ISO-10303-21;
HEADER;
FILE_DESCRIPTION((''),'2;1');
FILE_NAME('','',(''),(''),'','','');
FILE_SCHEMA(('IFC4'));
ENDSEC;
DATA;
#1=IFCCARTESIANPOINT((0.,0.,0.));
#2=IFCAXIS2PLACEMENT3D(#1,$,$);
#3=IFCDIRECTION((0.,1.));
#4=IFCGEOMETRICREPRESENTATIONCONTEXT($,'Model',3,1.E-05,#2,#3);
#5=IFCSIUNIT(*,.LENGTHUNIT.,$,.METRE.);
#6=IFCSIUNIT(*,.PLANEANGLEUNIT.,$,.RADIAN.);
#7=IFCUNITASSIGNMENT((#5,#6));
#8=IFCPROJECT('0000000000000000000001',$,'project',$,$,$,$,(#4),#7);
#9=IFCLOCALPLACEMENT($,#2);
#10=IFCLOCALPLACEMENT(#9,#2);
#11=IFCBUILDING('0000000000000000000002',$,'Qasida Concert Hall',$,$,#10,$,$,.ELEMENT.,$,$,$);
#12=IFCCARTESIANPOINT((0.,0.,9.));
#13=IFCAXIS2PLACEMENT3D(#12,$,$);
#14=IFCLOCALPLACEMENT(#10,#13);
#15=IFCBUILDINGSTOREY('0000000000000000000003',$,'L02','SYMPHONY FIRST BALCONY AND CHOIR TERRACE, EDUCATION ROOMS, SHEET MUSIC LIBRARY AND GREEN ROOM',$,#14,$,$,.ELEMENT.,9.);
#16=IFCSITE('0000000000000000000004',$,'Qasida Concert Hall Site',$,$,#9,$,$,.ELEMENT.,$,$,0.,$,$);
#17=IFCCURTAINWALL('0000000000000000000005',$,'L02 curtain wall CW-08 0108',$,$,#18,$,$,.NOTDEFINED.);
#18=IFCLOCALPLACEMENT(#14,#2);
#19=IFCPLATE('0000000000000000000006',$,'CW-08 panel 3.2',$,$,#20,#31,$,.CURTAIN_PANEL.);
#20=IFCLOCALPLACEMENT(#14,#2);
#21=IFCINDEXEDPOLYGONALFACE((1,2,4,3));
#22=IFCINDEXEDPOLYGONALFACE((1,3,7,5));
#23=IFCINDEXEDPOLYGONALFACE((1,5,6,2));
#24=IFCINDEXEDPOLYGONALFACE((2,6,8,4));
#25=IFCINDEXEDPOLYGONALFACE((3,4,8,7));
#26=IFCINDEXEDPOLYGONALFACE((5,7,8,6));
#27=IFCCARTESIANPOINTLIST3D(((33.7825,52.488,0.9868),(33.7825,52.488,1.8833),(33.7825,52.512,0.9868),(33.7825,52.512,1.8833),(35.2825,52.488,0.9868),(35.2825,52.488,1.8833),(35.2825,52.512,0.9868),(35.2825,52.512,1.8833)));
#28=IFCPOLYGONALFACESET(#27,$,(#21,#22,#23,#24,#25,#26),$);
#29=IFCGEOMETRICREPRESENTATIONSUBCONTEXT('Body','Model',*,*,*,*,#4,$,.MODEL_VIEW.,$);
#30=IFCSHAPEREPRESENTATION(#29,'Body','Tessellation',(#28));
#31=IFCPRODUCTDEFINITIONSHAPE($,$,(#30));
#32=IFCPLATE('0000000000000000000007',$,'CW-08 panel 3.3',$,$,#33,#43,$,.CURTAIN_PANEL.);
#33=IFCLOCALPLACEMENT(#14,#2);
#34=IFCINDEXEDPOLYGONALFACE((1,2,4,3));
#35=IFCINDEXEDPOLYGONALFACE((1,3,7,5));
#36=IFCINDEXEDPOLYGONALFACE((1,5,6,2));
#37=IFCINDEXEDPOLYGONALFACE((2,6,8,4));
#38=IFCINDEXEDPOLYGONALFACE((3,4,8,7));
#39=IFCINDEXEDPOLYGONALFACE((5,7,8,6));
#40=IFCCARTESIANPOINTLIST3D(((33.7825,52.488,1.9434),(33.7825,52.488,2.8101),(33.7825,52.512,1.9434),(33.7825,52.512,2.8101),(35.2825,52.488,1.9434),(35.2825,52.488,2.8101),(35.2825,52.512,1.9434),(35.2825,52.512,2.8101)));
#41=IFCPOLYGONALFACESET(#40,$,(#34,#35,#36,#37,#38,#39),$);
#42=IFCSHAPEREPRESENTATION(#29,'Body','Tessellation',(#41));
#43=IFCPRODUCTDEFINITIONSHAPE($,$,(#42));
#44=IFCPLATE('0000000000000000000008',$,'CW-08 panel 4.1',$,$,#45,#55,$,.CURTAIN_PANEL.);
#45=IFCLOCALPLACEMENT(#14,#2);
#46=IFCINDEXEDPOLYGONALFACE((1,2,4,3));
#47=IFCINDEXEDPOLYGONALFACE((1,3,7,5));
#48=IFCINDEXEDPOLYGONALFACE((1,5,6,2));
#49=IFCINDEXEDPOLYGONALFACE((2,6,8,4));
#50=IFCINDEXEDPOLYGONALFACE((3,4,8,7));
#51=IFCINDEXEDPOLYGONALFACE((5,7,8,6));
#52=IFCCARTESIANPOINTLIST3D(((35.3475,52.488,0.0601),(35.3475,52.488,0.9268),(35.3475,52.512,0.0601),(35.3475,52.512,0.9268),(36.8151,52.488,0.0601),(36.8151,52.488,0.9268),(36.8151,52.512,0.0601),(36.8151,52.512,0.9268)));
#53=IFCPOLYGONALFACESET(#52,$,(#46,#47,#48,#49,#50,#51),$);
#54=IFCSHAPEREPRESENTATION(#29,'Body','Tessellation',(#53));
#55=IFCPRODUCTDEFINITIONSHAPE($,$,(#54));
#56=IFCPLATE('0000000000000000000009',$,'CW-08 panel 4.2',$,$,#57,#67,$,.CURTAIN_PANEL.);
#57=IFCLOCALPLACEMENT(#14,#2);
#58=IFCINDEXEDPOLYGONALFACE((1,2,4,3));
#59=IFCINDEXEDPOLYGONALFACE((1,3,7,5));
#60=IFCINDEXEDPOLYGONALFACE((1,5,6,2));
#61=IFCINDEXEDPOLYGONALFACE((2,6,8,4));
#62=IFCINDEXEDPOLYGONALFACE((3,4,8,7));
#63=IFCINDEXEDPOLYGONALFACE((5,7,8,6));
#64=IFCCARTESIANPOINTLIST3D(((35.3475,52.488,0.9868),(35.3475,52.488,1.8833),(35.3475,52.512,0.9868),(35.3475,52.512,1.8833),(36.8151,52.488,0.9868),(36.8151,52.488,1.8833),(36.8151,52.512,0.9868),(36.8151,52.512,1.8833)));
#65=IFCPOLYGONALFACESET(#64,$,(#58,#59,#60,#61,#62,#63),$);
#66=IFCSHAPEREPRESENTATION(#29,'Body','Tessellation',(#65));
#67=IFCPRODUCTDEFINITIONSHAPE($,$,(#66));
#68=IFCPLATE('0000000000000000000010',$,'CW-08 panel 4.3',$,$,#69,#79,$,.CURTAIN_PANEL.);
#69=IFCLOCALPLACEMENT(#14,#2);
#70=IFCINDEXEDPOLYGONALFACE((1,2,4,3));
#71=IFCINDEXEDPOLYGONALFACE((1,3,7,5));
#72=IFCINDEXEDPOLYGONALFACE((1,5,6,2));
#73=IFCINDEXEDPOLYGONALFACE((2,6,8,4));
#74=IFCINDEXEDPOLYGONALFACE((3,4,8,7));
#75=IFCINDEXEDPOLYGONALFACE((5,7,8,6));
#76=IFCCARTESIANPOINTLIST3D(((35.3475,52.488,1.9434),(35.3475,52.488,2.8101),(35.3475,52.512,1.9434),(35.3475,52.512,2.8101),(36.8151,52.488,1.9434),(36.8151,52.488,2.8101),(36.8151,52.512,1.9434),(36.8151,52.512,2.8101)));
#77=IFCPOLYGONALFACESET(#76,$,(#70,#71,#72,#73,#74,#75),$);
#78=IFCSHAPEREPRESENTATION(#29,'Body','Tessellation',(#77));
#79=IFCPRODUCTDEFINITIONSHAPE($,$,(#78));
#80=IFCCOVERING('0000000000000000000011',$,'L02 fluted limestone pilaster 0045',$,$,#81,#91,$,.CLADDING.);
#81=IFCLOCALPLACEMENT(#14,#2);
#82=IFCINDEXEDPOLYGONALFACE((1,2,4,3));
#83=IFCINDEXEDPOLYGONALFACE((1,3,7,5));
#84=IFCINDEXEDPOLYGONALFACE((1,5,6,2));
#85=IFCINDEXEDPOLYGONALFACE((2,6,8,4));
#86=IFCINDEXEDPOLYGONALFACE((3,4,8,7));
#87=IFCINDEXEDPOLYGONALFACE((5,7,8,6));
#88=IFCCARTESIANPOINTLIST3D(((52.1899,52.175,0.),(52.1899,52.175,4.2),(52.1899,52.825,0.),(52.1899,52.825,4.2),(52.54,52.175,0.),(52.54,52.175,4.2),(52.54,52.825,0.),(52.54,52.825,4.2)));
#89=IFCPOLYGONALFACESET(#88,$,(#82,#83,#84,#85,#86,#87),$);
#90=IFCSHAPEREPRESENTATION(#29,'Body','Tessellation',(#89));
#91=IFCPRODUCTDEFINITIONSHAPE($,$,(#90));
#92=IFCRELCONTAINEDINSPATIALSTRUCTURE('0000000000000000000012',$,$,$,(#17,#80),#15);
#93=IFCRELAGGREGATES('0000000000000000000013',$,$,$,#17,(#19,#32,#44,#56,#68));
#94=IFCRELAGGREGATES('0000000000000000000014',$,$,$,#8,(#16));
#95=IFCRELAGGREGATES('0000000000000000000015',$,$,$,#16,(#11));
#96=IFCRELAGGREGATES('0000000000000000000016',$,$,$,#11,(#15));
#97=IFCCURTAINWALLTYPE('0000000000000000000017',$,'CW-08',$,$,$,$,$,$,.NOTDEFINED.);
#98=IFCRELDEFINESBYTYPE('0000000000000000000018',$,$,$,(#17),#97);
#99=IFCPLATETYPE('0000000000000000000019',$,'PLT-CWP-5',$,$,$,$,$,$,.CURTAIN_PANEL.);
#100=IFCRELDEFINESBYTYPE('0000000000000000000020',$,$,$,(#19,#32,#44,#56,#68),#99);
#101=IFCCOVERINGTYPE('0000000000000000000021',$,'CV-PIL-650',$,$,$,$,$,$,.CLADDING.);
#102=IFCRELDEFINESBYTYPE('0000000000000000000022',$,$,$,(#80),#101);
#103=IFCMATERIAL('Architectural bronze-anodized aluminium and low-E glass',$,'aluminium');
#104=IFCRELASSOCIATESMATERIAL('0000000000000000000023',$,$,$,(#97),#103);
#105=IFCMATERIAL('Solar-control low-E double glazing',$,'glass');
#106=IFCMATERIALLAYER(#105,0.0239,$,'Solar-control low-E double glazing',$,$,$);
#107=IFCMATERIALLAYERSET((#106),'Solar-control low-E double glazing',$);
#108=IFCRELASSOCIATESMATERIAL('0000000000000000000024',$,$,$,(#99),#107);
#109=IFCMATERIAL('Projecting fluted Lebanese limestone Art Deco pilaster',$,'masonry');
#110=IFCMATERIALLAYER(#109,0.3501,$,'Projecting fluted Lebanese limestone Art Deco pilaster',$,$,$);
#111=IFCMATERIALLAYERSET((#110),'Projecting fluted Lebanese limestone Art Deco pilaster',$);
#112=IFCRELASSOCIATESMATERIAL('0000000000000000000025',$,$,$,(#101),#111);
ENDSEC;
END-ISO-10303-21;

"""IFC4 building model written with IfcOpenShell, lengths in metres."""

from ifc_helpers import new_model, si_unit, direction, frame, origin, origin_2d, place, context, subcontext, project, spatial, rectangle, extrude, material, layer, layer_set, type_object, element, aggregate, save


model = new_model("IFC4")

# Units and contexts
model_context = context("Model", 3, precision=1e-05, world=origin(), true_north=direction((0.0, 1.0)))
body_context = subcontext(model_context, "Body", "Model", "MODEL_VIEW")
ifc_project = project(units=[si_unit("LENGTHUNIT", "METRE"), si_unit("PLANEANGLEUNIT", "RADIAN")], contexts=[model_context])

# Site, building, storey
site_placement = place(None, origin())
site = spatial("IfcSite", under=ifc_project, at=site_placement, Name="Qasida Concert Hall Site", CompositionType="ELEMENT", RefElevation=0.0)
building_placement = place(site_placement, origin())
building = spatial("IfcBuilding", under=site, at=building_placement, Name="Qasida Concert Hall", CompositionType="ELEMENT")
storey_placement = place(building_placement, frame((0.0, 0.0, 9.0)))
storey = spatial("IfcBuildingStorey", under=building, at=storey_placement, Name="L02", Description="SYMPHONY FIRST BALCONY AND CHOIR TERRACE, EDUCATION ROOMS, SHEET MUSIC LIBRARY AND GREEN ROOM", CompositionType="ELEMENT", Elevation=9.0)

# Curtain wall, plates
ifc_material_1 = material(Name="Architectural bronze-anodized aluminium and low-E glass", Category="aluminium")
curtain_wall_type = type_object("IfcCurtainWallType", Name="CW-08", PredefinedType="NOTDEFINED", material=ifc_material_1)
curtain_wall_placement = place(storey_placement, origin())
curtain_wall = element("IfcCurtainWall", 1, at=curtain_wall_placement, inside=storey, type_object=curtain_wall_type, Name="L02 curtain wall CW-08 0108", PredefinedType="NOTDEFINED")
ifc_material_2 = material(Name="Solar-control low-E double glazing", Category="glass")
ifc_layer_1 = layer(ifc_material_2, 0.0239, Name="Solar-control low-E double glazing")
ifc_layer_set_1 = layer_set([ifc_layer_1], Name="Solar-control low-E double glazing")
plate_type = type_object("IfcPlateType", Name="PLT-CWP-5", PredefinedType="CURTAIN_PANEL", material=ifc_layer_set_1)
plate_1_placement = place(storey_placement, frame((34.5325, 52.5, 0.9868), z_axis=(0.0, 0.0, 1.0), x_axis=(1.0, 0.0, 0.0)))
plate_1 = element("IfcPlate", 2, at=plate_1_placement, type_object=plate_type, Name="CW-08 panel 3.2", PredefinedType="CURTAIN_PANEL", context=body_context, shape_type="SweptSolid", body=[
    extrude(rectangle(XDim=1.5, YDim=0.0239, at=origin_2d()), origin(), (0.0, 0.0, 1.0), 0.8965),
])
plate_2_placement = place(storey_placement, frame((34.5325, 52.5, 1.9434), z_axis=(0.0, 0.0, 1.0), x_axis=(1.0, 0.0, 0.0)))
plate_2 = element("IfcPlate", 3, at=plate_2_placement, type_object=plate_type, Name="CW-08 panel 3.3", PredefinedType="CURTAIN_PANEL", context=body_context, shape_type="SweptSolid", body=[
    extrude(rectangle(XDim=1.5, YDim=0.0239, at=origin_2d()), origin(), (0.0, 0.0, 1.0), 0.8667),
])
plate_3_placement = place(storey_placement, frame((36.0813, 52.5, 0.0601), z_axis=(0.0, 0.0, 1.0), x_axis=(1.0, 0.0, 0.0)))
plate_3 = element("IfcPlate", 4, at=plate_3_placement, type_object=plate_type, Name="CW-08 panel 4.1", PredefinedType="CURTAIN_PANEL", context=body_context, shape_type="SweptSolid", body=[
    extrude(rectangle(XDim=1.4675, YDim=0.0239, at=origin_2d()), origin(), (0.0, 0.0, 1.0), 0.8667),
])
plate_4_placement = place(storey_placement, frame((36.0813, 52.5, 0.9868), z_axis=(0.0, 0.0, 1.0), x_axis=(1.0, 0.0, 0.0)))
plate_4 = element("IfcPlate", 5, at=plate_4_placement, type_object=plate_type, Name="CW-08 panel 4.2", PredefinedType="CURTAIN_PANEL", context=body_context, shape_type="SweptSolid", body=[
    extrude(rectangle(XDim=1.4675, YDim=0.0239, at=origin_2d()), origin(), (0.0, 0.0, 1.0), 0.8965),
])
plate_5_placement = place(storey_placement, frame((36.0813, 52.5, 1.9434), z_axis=(0.0, 0.0, 1.0), x_axis=(1.0, 0.0, 0.0)))
plate_5 = element("IfcPlate", 6, at=plate_5_placement, type_object=plate_type, Name="CW-08 panel 4.3", PredefinedType="CURTAIN_PANEL", context=body_context, shape_type="SweptSolid", body=[
    extrude(rectangle(XDim=1.4675, YDim=0.0239, at=origin_2d()), origin(), (0.0, 0.0, 1.0), 0.8667),
])
aggregate(curtain_wall, [plate_1, plate_2, plate_3, plate_4, plate_5])

# Covering
ifc_material_3 = material(Name="Projecting fluted Lebanese limestone Art Deco pilaster", Category="masonry")
ifc_layer_2 = layer(ifc_material_3, 0.3501, Name="Projecting fluted Lebanese limestone Art Deco pilaster")
ifc_layer_set_2 = layer_set([ifc_layer_2], Name="Projecting fluted Lebanese limestone Art Deco pilaster")
covering_type = type_object("IfcCoveringType", Name="CV-PIL-650", PredefinedType="CLADDING", material=ifc_layer_set_2)
covering_placement = place(storey_placement, frame((52.365, 52.5, 0.0), z_axis=(0.0, 0.0, 1.0), x_axis=(1.0, 0.0, 0.0)))
element("IfcCovering", 7, at=covering_placement, inside=storey, type_object=covering_type, Name="L02 fluted limestone pilaster 0045", PredefinedType="CLADDING", context=body_context, shape_type="SweptSolid", body=[
    extrude(rectangle(XDim=0.3501, YDim=0.6499, at=origin_2d()), origin(), (0.0, 0.0, 1.0), 4.2),
])

save(model, "model.ifc")
